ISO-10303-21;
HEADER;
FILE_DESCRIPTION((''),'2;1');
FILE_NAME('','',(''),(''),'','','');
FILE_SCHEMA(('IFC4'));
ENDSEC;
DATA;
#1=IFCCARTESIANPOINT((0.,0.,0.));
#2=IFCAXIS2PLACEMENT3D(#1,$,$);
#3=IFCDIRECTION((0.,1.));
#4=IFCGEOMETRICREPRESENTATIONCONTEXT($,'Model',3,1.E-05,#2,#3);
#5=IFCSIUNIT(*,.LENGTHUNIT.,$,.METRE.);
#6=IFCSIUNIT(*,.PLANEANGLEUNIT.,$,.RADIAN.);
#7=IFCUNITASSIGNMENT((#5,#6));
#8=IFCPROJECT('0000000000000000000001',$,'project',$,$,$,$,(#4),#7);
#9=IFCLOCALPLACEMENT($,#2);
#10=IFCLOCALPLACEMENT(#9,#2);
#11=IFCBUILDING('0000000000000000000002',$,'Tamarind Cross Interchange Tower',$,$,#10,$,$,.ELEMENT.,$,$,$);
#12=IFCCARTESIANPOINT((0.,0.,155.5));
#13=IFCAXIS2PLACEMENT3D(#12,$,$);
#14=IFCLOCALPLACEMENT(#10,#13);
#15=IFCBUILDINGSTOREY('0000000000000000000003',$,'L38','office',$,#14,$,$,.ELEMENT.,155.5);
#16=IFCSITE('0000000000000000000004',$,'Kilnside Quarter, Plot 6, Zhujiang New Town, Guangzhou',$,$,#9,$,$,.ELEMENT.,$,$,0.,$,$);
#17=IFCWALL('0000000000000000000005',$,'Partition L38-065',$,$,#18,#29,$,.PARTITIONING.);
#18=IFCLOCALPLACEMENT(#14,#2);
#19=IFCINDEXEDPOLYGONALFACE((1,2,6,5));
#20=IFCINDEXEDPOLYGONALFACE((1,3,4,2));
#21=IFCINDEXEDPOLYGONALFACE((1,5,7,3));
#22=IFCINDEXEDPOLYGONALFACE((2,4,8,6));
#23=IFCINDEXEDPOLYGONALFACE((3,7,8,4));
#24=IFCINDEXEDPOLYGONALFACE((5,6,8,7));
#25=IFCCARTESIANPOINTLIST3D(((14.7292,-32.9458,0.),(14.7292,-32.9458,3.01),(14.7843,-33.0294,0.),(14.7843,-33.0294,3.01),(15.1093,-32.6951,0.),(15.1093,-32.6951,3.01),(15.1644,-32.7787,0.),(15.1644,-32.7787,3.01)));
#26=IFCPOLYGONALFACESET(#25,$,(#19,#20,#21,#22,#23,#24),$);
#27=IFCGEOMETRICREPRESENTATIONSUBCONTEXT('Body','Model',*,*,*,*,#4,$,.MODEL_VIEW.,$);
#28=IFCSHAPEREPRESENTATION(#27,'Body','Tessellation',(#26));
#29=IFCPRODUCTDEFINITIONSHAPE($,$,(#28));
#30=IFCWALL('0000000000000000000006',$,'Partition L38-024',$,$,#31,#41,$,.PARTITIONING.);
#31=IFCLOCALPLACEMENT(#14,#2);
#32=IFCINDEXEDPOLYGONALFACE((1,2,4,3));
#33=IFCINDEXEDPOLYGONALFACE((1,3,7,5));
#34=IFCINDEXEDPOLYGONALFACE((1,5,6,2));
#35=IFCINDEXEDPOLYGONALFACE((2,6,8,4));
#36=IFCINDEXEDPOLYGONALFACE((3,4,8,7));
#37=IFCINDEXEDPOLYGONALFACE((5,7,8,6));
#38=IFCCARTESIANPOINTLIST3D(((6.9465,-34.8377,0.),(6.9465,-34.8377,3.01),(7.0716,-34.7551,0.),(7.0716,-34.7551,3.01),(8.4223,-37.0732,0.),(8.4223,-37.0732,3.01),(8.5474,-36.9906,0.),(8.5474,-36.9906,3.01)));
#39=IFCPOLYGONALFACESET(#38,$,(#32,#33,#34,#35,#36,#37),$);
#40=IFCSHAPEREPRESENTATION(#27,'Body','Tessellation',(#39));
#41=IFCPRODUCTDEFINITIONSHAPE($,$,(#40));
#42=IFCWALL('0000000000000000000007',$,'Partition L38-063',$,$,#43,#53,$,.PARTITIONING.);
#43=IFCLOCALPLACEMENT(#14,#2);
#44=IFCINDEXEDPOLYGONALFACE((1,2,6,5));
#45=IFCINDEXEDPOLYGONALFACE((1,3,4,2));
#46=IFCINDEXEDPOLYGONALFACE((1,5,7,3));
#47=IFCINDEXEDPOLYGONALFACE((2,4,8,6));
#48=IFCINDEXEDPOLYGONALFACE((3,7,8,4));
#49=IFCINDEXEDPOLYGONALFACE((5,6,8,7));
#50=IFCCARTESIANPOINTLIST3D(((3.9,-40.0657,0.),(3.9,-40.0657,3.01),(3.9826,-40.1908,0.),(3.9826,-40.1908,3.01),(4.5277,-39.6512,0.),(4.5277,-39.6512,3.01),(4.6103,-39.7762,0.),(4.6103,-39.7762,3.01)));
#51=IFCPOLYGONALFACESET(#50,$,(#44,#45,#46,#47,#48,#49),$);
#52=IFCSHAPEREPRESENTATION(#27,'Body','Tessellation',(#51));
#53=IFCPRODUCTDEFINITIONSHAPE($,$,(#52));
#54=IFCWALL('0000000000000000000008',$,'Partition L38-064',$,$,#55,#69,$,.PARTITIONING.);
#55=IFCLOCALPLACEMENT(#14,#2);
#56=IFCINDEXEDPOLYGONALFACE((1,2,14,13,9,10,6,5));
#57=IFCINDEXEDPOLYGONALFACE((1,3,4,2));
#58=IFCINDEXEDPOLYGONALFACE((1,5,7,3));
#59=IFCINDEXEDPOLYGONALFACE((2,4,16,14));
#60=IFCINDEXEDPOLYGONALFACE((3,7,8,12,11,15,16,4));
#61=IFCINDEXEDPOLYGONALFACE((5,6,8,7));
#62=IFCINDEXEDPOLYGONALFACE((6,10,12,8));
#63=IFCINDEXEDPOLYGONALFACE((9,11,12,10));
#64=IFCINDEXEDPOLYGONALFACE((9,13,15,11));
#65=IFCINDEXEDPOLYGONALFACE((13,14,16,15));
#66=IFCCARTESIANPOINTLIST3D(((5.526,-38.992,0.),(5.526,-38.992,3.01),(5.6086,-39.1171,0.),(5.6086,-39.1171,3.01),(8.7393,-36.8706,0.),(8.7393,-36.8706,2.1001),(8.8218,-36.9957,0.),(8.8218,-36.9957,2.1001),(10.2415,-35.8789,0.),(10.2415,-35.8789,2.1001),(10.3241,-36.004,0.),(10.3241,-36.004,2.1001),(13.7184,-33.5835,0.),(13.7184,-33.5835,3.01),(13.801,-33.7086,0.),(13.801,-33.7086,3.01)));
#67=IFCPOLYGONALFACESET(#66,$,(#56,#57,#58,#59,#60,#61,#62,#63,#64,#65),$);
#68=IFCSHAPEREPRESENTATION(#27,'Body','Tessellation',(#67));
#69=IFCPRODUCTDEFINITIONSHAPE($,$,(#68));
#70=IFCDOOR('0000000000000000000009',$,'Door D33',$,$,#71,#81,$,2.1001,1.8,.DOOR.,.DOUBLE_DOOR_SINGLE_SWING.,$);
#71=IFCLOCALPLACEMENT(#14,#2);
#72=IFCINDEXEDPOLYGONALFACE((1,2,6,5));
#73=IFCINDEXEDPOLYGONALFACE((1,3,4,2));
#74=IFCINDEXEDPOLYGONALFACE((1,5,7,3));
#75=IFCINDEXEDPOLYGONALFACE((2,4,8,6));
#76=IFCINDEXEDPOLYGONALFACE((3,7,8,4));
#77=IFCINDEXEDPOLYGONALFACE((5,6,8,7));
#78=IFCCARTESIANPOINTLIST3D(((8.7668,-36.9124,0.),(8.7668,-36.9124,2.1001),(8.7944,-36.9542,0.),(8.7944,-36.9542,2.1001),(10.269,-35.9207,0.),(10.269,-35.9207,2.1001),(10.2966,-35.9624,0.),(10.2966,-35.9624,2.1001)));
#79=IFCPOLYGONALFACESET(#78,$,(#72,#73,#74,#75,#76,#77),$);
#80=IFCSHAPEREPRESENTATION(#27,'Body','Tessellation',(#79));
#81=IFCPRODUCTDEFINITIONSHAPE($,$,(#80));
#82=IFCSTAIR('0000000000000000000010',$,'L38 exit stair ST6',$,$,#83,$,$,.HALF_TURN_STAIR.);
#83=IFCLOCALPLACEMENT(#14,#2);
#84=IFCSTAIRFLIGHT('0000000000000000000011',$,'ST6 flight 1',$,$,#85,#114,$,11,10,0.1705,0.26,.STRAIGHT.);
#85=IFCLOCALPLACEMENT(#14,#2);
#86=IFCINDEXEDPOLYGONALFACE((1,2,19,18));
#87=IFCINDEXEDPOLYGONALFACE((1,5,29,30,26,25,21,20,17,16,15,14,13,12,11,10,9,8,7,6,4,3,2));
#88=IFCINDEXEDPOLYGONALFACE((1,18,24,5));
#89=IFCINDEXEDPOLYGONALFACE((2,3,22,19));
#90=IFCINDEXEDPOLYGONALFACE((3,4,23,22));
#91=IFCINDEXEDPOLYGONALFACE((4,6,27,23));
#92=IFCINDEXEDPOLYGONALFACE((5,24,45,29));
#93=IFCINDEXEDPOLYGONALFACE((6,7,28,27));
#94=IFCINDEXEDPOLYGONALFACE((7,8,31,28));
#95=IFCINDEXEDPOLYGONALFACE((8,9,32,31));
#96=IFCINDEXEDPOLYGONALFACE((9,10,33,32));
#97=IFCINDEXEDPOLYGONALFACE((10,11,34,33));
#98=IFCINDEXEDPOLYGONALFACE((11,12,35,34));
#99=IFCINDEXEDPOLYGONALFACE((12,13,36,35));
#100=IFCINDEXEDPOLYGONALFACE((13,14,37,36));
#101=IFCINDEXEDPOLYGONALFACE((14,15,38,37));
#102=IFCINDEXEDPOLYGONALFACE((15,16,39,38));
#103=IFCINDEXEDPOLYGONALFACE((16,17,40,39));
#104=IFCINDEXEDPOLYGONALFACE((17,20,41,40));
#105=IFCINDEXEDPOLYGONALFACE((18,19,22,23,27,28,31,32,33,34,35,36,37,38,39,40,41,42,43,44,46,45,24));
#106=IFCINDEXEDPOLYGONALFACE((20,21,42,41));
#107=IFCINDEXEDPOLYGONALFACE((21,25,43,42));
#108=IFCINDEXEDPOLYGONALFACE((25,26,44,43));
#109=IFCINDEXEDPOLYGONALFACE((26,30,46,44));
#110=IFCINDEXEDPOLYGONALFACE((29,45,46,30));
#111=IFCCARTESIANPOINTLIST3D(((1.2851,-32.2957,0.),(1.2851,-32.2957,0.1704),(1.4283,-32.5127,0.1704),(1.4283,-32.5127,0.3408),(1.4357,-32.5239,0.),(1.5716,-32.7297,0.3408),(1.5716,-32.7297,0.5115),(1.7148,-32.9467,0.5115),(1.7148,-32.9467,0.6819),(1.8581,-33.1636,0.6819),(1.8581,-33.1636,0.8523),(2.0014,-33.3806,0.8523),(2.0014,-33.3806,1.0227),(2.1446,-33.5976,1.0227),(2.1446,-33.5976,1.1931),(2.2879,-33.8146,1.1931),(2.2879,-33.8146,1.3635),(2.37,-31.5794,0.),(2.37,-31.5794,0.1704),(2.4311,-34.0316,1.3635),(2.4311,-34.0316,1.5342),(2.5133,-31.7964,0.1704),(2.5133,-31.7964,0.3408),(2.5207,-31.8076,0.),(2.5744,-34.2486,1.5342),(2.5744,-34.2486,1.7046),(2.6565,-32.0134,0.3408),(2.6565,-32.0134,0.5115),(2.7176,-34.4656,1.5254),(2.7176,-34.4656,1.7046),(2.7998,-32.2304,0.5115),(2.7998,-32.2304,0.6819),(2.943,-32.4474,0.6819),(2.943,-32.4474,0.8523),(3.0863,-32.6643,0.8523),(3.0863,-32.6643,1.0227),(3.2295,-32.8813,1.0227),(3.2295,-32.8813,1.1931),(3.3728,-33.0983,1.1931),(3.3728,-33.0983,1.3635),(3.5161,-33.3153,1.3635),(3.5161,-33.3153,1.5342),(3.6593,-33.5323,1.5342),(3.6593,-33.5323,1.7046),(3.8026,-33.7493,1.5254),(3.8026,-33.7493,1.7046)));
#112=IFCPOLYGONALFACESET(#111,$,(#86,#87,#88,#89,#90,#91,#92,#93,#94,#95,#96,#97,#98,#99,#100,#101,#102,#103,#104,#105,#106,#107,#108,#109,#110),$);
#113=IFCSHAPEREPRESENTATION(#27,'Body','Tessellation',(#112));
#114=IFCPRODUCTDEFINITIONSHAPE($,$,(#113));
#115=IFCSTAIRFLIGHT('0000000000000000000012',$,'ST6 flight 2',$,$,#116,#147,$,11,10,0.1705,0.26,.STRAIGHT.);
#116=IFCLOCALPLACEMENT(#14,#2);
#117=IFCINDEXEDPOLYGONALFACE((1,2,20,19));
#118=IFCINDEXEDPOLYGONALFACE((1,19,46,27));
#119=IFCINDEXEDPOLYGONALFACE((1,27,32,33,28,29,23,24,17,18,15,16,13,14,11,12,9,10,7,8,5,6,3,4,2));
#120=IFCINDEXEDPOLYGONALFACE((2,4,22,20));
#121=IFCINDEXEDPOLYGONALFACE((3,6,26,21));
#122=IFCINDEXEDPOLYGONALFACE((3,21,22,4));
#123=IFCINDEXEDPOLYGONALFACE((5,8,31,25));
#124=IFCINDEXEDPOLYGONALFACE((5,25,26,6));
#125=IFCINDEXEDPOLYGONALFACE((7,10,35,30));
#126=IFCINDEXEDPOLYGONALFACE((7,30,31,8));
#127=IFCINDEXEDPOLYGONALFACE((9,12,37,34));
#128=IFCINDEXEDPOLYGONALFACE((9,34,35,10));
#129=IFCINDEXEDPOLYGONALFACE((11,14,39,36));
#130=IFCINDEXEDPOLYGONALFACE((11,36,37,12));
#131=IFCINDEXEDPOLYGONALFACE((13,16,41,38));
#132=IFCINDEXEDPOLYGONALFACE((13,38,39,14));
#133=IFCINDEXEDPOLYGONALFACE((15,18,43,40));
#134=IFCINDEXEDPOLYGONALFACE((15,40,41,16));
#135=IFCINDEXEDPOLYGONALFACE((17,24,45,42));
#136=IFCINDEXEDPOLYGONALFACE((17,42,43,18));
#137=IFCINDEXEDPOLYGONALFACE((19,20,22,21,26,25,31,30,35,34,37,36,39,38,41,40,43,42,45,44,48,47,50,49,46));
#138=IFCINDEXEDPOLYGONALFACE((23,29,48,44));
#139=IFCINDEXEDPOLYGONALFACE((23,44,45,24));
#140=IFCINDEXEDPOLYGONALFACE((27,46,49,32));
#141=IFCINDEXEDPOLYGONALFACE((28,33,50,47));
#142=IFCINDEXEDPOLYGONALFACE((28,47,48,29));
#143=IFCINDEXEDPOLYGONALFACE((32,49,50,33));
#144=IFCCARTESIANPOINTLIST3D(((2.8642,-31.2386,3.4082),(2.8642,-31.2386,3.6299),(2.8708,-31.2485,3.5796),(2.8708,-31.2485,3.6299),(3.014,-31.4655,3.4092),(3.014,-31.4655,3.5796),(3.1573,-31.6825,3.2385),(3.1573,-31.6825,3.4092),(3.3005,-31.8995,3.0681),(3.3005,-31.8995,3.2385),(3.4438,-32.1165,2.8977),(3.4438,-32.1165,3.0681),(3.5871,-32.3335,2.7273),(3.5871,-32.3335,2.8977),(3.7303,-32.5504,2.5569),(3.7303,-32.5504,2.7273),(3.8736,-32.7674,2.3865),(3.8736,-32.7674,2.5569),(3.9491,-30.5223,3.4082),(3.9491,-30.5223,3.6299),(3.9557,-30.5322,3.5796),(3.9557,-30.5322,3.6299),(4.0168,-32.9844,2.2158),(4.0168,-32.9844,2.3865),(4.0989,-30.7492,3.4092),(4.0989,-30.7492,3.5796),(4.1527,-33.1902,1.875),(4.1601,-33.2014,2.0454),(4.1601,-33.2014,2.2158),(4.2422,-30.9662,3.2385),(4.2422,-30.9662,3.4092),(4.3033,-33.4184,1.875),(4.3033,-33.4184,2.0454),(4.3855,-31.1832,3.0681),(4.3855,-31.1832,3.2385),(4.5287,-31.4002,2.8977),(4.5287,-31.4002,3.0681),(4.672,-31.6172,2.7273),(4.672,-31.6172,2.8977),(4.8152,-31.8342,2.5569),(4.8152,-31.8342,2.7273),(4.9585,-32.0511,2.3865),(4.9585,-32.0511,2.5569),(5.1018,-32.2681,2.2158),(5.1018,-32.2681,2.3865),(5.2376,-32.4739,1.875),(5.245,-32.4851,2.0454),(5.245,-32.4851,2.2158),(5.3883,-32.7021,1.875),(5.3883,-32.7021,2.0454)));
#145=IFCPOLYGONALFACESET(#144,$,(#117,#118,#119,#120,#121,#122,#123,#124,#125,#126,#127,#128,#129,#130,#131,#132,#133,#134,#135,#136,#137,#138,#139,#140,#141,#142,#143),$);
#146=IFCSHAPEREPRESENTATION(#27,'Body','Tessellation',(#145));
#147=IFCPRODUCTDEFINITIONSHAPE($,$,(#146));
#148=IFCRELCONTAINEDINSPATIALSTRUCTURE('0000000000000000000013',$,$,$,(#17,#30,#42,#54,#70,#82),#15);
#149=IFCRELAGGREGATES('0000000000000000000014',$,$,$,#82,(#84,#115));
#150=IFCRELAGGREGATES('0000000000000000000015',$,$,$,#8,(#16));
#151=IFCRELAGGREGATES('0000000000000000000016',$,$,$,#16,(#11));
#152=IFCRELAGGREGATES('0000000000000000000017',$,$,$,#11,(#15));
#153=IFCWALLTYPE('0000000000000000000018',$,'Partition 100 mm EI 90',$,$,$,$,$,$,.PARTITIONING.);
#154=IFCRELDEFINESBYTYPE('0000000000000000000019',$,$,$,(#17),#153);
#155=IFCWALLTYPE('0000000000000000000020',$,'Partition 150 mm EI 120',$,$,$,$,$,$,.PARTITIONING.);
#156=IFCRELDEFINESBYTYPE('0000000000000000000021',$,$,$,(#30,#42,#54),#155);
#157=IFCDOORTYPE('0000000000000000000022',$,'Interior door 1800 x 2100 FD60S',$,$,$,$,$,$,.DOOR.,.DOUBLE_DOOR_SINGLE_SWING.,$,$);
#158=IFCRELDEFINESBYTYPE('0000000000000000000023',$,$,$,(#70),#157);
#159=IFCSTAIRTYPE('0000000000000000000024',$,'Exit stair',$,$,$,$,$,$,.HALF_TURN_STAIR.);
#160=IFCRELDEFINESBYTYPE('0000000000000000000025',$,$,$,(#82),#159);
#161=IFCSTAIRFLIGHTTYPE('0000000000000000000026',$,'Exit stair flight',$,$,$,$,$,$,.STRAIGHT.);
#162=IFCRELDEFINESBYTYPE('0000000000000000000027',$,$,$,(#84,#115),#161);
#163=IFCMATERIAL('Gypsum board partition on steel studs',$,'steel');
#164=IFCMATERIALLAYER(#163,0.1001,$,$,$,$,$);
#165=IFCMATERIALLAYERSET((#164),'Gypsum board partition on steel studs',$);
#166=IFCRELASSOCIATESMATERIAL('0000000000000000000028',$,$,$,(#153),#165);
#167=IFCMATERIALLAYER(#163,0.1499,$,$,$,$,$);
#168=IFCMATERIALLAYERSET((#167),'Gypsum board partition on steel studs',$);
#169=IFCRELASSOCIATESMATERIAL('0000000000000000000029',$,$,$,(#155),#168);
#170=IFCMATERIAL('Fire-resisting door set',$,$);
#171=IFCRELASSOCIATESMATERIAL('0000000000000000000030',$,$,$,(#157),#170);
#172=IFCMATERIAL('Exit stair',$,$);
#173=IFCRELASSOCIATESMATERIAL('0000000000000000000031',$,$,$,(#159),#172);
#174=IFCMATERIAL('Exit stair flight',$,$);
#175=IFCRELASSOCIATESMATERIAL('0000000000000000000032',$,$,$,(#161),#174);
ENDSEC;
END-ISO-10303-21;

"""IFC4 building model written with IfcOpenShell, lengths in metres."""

from ifc_helpers import new_model, si_unit, direction, frame, frame_2d, origin, place, context, subcontext, project, spatial, polyline, rectangle, outline, extrude, material, layer, layer_set, type_object, element, fill, aggregate, save


model = new_model("IFC4")

# Units and contexts
model_context = context("Model", 3, precision=1e-05, world=origin(), true_north=direction((0.0, 1.0)))
body_context = subcontext(model_context, "Body", "Model", "MODEL_VIEW")
ifc_project = project(units=[si_unit("LENGTHUNIT", "METRE"), si_unit("PLANEANGLEUNIT", "RADIAN")], contexts=[model_context])

# Site, building, storey
site_placement = place(None, origin())
site = spatial("IfcSite", under=ifc_project, at=site_placement, Name="Kilnside Quarter, Plot 6, Zhujiang New Town, Guangzhou", CompositionType="ELEMENT", RefElevation=0.0)
building_placement = place(site_placement, origin())
building = spatial("IfcBuilding", under=site, at=building_placement, Name="Tamarind Cross Interchange Tower", CompositionType="ELEMENT")
storey_placement = place(building_placement, frame((0.0, 0.0, 155.5)))
storey = spatial("IfcBuildingStorey", under=building, at=storey_placement, Name="L38", Description="office", CompositionType="ELEMENT", Elevation=155.5)

# Walls
ifc_material_1 = material(Name="Gypsum board partition on steel studs", Category="steel")
ifc_layer_1 = layer(ifc_material_1, 0.1001)
ifc_layer_set_1 = layer_set([ifc_layer_1], Name="Gypsum board partition on steel studs")
wall_type_1 = type_object("IfcWallType", Name="Partition 100 mm EI 90", PredefinedType="PARTITIONING", material=ifc_layer_set_1)
wall_1_placement = place(storey_placement, frame((14.7568, -32.9875, 0.0), z_axis=(0.0, 0.0, 1.0), x_axis=(0.834762, 0.550611, 0.0)))
element("IfcWall", 1, at=wall_1_placement, inside=storey, type_object=wall_type_1, Name="Partition L38-065", PredefinedType="PARTITIONING", context=body_context, shape_type="SweptSolid", body=[
    extrude(rectangle(XDim=0.4553, YDim=0.1001, at=frame_2d((0.2275, 0.0))), origin(), (0.0, 0.0, 1.0), 3.01),
])
ifc_layer_2 = layer(ifc_material_1, 0.1499)
ifc_layer_set_2 = layer_set([ifc_layer_2], Name="Gypsum board partition on steel studs")
wall_type_2 = type_object("IfcWallType", Name="Partition 150 mm EI 120", PredefinedType="PARTITIONING", material=ifc_layer_set_2)
wall_2_placement = place(storey_placement, frame((7.009, -34.7964, 0.0), z_axis=(0.0, 0.0, 1.0), x_axis=(0.55093, -0.834552, 0.0)))
element("IfcWall", 2, at=wall_2_placement, inside=storey, type_object=wall_type_2, Name="Partition L38-024", PredefinedType="PARTITIONING", context=body_context, shape_type="SweptSolid", body=[
    extrude(rectangle(XDim=2.6787, YDim=0.1499, at=frame_2d((1.3394, 0.0))), origin(), (0.0, 0.0, 1.0), 3.01),
])
wall_3_placement = place(storey_placement, frame((3.9414, -40.1282, 0.0), z_axis=(0.0, 0.0, 1.0), x_axis=(0.834439, 0.5511, 0.0)))
element("IfcWall", 3, at=wall_3_placement, inside=storey, type_object=wall_type_2, Name="Partition L38-063", PredefinedType="PARTITIONING", context=body_context, shape_type="SweptSolid", body=[
    extrude(rectangle(XDim=0.7522, YDim=0.1499, at=frame_2d((0.376, 0.0))), origin(), (0.0, 0.0, 1.0), 3.01),
])

# Wall, opening, door
wall_4_placement = place(storey_placement, frame((5.5674, -39.0544, 0.0), z_axis=(0.0, 0.0, 1.0), x_axis=(0.83454, 0.550947, 0.0)))
wall_4 = element("IfcWall", 4, at=wall_4_placement, inside=storey, type_object=wall_type_2, Name="Partition L38-064", PredefinedType="PARTITIONING", context=body_context, shape_type="SweptSolid", body=[
    extrude(rectangle(XDim=9.8167, YDim=0.1499, at=frame_2d((4.9082, 0.0))), origin(), (0.0, 0.0, 1.0), 3.01),
])
opening_placement = place(wall_4_placement, frame((3.8503, 0.0, 0.0)))
opening = element("IfcOpeningElement", 5, at=opening_placement, cuts=wall_4, PredefinedType="OPENING", context=body_context, shape_type="SweptSolid", body=[
    extrude(rectangle(XDim=1.8, YDim=2.1001, at=frame_2d((0.8999, 1.05))), frame((0.0, 0.085, 0.0), z_axis=(0.0, -1.0, 0.0), x_axis=(1.0, 0.0, 0.0)), (0.0, 0.0, 1.0), 0.1699),
])
ifc_material_2 = material(Name="Fire-resisting door set")
door_type = type_object("IfcDoorType", Name="Interior door 1800 x 2100 FD60S", OperationType="DOUBLE_DOOR_SINGLE_SWING", PredefinedType="DOOR", material=ifc_material_2)
door_placement = place(opening_placement, origin())
door = element("IfcDoor", 6, at=door_placement, inside=storey, type_object=door_type, Name="Door D33", OperationType="DOUBLE_DOOR_SINGLE_SWING", OverallHeight=2.1001, OverallWidth=1.8, PredefinedType="DOOR", context=body_context, shape_type="SweptSolid", body=[
    extrude(rectangle(XDim=1.8, YDim=2.1001, at=frame_2d((0.8999, 1.05))), frame((0.0, 0.0249, 0.0), z_axis=(0.0, -1.0, 0.0), x_axis=(1.0, 0.0, 0.0)), (0.0, 0.0, 1.0), 0.05),
])
fill(opening, door)

# Stair, stair flights
ifc_material_3 = material(Name="Exit stair")
stair_type = type_object("IfcStairType", Name="Exit stair", PredefinedType="HALF_TURN_STAIR", material=ifc_material_3)
stair_placement = place(storey_placement, origin())
stair = element("IfcStair", 7, at=stair_placement, inside=storey, type_object=stair_type, Name="L38 exit stair ST6", PredefinedType="HALF_TURN_STAIR")
ifc_material_4 = material(Name="Exit stair flight")
stair_flight_type = type_object("IfcStairFlightType", Name="Exit stair flight", PredefinedType="STRAIGHT", material=ifc_material_4)
stair_flight_1_placement = place(storey_placement, frame((1.8276, -31.9375, 0.0), z_axis=(0.0, 0.0, 1.0), x_axis=(0.55097, -0.834525, 0.0)))
stair_flight_1 = element("IfcStairFlight", 8, at=stair_flight_1_placement, type_object=stair_flight_type, Name="ST6 flight 1", NumberOfRisers=11, NumberOfTreads=10, PredefinedType="STRAIGHT", RiserHeight=0.1705, TreadLength=0.26, context=body_context, shape_type="SweptSolid", body=[
    extrude(outline(polyline([(0.0, 0.0), (0.0, 0.1704), (0.26, 0.1704), (0.26, 0.3408), (0.52, 0.3408), (0.52, 0.5115), (0.78, 0.5115), (0.78, 0.6819), (1.04, 0.6819), (1.04, 0.8523), (1.3, 0.8523), (1.3, 1.0227), (1.5601, 1.0227), (1.5601, 1.1931), (1.8201, 1.1931), (1.8201, 1.3635), (2.0801, 1.3635), (2.0801, 1.5342), (2.3401, 1.5342), (2.3401, 1.7046), (2.6001, 1.7046), (2.6001, 1.875), (2.6001, 1.5254), (0.2734, 0.0), (0.0, 0.0)])), frame((0.0, 0.6499, 0.0), z_axis=(0.0, -1.0, 0.0), x_axis=(1.0, 0.0, 0.0)), (0.0, 0.0, 1.0), 1.3),
])
stair_flight_2_placement = place(storey_placement, frame((4.8457, -33.0603, 1.875), z_axis=(0.0, 0.0, 1.0), x_axis=(-0.55097, 0.834525, 0.0)))
stair_flight_2 = element("IfcStairFlight", 9, at=stair_flight_2_placement, type_object=stair_flight_type, Name="ST6 flight 2", NumberOfRisers=11, NumberOfTreads=10, PredefinedType="STRAIGHT", RiserHeight=0.1705, TreadLength=0.26, context=body_context, shape_type="SweptSolid", body=[
    extrude(outline(polyline([(0.0, 0.0), (0.0, 0.1704), (0.26, 0.1704), (0.26, 0.3408), (0.52, 0.3408), (0.52, 0.5115), (0.78, 0.5115), (0.78, 0.6819), (1.04, 0.6819), (1.04, 0.8523), (1.3, 0.8523), (1.3, 1.0227), (1.5601, 1.0227), (1.5601, 1.1931), (1.8201, 1.1931), (1.8201, 1.3635), (2.0801, 1.3635), (2.0801, 1.5342), (2.3401, 1.5342), (2.3401, 1.7046), (2.6001, 1.7046), (2.6001, 1.7549), (2.6121, 1.7549), (2.6121, 1.5332), (0.2734, 0.0), (0.0, 0.0)])), frame((0.0, 0.6499, 0.0), z_axis=(0.0, -1.0, 0.0), x_axis=(1.0, 0.0, 0.0)), (0.0, 0.0, 1.0), 1.3),
])
aggregate(stair, [stair_flight_1, stair_flight_2])

save(model, "model.ifc")
